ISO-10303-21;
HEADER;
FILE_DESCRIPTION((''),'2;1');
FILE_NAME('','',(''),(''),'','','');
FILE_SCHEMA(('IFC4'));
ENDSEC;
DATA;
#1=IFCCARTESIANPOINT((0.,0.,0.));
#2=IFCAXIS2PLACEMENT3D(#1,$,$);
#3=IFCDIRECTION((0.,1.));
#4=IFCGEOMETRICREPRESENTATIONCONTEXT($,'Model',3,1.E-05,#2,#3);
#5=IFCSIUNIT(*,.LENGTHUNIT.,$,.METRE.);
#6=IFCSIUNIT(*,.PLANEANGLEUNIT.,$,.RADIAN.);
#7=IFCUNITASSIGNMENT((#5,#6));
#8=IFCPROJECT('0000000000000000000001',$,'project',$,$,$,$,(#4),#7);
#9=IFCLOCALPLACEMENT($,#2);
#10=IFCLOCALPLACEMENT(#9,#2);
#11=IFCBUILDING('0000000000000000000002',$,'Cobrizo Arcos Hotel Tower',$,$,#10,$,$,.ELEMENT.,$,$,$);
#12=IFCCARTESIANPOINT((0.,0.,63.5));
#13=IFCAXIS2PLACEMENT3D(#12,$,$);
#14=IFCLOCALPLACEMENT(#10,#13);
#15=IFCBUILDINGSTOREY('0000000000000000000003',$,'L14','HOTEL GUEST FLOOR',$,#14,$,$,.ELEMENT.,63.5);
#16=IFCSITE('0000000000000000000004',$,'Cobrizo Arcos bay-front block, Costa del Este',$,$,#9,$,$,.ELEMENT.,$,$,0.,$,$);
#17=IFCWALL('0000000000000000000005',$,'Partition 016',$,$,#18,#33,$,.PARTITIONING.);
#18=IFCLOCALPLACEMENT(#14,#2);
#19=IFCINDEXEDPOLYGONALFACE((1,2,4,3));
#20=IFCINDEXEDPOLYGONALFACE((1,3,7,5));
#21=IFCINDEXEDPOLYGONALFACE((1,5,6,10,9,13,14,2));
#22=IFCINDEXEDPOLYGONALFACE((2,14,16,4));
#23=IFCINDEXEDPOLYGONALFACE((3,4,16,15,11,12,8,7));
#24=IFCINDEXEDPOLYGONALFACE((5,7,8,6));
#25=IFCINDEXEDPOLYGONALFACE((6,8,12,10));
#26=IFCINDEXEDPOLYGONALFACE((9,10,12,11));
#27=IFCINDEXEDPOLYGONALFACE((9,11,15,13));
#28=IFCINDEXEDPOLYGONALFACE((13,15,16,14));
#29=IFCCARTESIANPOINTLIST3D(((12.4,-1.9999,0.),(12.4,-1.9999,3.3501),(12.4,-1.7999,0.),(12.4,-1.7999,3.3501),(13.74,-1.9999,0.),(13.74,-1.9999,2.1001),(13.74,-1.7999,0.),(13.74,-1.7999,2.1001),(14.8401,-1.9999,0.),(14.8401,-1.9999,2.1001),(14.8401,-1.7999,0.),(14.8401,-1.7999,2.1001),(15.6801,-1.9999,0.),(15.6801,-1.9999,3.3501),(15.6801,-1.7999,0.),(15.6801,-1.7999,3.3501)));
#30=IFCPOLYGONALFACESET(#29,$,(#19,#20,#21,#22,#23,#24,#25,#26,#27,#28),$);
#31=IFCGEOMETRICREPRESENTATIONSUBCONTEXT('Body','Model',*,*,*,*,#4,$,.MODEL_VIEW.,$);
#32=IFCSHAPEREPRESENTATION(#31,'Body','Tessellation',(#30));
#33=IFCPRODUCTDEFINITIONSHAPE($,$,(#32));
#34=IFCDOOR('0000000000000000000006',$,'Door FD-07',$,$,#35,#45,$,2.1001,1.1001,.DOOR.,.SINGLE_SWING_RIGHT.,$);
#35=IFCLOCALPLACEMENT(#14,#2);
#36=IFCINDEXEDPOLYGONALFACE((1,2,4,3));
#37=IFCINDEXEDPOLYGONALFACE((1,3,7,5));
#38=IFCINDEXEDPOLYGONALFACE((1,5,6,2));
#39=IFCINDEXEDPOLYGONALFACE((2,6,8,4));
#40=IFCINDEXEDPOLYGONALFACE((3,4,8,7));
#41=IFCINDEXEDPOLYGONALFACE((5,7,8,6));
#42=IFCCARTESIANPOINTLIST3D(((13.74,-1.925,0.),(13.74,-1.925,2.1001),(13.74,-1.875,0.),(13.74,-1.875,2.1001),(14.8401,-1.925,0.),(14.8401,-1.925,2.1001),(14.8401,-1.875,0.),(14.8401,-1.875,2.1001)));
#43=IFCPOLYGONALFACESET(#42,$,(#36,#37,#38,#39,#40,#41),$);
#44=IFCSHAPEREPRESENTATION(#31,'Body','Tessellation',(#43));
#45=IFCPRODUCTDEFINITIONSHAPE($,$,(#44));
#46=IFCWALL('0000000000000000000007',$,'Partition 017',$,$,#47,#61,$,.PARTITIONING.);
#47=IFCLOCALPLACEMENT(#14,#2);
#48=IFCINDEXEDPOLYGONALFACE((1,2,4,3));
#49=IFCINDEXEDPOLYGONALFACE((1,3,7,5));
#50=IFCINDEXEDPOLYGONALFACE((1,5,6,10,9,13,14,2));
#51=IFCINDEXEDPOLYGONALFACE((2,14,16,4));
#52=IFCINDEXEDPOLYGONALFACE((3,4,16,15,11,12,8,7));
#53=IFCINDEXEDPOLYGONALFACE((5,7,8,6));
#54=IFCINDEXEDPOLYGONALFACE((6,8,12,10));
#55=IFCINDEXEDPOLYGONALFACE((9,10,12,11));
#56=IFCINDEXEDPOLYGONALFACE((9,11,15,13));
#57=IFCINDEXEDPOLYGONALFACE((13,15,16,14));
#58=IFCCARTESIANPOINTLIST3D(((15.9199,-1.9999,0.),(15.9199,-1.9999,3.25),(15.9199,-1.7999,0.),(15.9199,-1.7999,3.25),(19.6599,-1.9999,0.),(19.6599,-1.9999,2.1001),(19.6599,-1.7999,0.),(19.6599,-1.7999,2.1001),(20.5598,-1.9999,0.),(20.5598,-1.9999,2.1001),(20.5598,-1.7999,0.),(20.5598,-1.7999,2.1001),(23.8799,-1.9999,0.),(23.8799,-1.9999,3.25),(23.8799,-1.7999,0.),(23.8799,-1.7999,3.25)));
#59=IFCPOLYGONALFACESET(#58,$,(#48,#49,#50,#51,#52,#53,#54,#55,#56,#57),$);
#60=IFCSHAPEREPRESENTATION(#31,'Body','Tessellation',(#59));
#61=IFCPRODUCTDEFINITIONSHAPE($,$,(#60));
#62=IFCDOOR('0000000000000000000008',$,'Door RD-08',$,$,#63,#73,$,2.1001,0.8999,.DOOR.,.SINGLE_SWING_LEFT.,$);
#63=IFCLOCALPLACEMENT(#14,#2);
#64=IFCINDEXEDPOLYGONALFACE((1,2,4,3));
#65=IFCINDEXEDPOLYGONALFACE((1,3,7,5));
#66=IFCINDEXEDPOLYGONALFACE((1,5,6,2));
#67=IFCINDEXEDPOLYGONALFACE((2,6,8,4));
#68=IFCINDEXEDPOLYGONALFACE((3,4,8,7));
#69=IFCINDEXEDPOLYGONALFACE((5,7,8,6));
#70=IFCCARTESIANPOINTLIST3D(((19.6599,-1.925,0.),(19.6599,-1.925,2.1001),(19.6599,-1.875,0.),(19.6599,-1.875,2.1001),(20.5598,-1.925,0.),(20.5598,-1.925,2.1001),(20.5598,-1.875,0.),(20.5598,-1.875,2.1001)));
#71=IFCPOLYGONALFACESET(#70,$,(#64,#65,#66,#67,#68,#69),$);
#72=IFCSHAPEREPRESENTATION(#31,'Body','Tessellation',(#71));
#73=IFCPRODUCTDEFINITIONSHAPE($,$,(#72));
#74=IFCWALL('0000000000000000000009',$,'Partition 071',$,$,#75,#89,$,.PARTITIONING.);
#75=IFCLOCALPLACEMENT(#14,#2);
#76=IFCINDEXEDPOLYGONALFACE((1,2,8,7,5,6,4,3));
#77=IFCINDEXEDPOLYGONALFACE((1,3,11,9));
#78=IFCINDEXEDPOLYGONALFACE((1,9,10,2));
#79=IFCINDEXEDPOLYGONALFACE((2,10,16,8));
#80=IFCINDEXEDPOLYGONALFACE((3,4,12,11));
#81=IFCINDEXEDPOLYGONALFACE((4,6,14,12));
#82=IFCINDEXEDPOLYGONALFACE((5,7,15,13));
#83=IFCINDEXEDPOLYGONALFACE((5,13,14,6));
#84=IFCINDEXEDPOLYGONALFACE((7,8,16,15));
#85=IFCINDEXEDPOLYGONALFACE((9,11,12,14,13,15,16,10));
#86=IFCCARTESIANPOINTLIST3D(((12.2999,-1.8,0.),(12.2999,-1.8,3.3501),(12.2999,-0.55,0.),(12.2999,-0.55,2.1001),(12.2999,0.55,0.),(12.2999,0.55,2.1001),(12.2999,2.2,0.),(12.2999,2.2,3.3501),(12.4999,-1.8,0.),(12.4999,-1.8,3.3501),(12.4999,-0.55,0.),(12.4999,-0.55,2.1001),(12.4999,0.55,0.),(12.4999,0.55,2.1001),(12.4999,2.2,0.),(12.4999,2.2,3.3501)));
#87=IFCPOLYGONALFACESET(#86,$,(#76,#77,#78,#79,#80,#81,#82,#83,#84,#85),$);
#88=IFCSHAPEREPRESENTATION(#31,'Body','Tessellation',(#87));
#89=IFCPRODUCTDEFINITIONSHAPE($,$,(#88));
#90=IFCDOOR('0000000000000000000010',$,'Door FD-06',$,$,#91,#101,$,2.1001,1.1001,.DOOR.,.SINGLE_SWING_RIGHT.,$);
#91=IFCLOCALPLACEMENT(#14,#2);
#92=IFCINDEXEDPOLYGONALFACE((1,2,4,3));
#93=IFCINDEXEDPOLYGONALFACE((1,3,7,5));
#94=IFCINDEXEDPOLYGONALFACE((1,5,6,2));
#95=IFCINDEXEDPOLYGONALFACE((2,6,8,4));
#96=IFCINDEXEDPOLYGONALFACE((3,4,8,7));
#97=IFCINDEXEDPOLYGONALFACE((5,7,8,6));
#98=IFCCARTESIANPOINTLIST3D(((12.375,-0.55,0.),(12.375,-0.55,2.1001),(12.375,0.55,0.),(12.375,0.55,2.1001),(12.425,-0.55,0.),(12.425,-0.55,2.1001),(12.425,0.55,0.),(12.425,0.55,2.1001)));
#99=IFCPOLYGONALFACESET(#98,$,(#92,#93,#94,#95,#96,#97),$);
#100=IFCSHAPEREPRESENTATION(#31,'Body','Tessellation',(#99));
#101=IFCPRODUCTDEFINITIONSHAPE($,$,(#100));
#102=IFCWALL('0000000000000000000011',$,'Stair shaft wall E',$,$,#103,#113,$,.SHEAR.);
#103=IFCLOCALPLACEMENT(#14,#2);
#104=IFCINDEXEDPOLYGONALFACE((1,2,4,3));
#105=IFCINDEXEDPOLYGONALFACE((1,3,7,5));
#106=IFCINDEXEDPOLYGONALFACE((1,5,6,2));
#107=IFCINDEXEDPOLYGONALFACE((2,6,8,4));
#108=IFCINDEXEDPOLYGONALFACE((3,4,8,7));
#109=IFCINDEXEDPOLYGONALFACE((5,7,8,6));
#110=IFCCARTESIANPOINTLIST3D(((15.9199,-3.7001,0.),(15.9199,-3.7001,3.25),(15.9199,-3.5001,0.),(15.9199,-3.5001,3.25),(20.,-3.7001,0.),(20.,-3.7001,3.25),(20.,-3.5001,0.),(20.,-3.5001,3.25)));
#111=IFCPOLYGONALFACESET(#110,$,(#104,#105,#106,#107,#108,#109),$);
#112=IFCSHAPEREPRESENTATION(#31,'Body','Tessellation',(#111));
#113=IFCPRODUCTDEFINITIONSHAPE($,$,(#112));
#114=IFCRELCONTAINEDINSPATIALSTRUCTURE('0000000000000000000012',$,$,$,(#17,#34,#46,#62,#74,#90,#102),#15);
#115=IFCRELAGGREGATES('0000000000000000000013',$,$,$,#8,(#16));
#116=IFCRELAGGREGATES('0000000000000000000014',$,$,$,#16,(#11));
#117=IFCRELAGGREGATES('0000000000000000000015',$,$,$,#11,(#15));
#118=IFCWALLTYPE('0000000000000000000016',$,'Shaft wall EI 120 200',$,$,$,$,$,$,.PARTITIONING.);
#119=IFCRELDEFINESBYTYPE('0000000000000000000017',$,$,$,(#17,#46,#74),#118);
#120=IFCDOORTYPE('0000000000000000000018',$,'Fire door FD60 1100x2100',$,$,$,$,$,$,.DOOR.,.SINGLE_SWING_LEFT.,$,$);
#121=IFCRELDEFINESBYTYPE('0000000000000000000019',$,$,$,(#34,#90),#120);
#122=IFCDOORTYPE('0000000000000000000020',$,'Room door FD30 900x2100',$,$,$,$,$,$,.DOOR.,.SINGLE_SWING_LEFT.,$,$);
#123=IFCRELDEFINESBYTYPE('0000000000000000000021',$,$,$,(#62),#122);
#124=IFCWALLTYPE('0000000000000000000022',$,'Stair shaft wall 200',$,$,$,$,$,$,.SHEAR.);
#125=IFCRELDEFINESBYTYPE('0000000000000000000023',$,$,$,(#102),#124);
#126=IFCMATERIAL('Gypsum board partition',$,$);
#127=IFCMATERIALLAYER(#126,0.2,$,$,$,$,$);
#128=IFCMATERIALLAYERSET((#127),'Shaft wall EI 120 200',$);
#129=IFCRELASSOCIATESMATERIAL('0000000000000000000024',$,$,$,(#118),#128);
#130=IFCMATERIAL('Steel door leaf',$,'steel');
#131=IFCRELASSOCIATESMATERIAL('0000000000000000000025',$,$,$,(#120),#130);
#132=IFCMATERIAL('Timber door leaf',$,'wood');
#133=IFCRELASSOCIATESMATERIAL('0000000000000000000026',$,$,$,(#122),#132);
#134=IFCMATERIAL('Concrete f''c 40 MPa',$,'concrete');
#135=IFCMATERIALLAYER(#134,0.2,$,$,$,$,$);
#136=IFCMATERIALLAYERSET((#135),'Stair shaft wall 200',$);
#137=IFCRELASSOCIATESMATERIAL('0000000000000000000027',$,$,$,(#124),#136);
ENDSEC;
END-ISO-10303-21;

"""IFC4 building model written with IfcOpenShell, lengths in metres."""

from ifc_helpers import new_model, si_unit, direction, frame, frame_2d, origin, place, context, subcontext, project, spatial, rectangle, extrude, material, layer, layer_set, type_object, element, fill, save


model = new_model("IFC4")

# Units and contexts
model_context = context("Model", 3, precision=1e-05, world=origin(), true_north=direction((0.0, 1.0)))
body_context = subcontext(model_context, "Body", "Model", "MODEL_VIEW")
ifc_project = project(units=[si_unit("LENGTHUNIT", "METRE"), si_unit("PLANEANGLEUNIT", "RADIAN")], contexts=[model_context])

# Site, building, storey
site_placement = place(None, origin())
site = spatial("IfcSite", under=ifc_project, at=site_placement, Name="Cobrizo Arcos bay-front block, Costa del Este", CompositionType="ELEMENT", RefElevation=0.0)
building_placement = place(site_placement, origin())
building = spatial("IfcBuilding", under=site, at=building_placement, Name="Cobrizo Arcos Hotel Tower", CompositionType="ELEMENT")
storey_placement = place(building_placement, frame((0.0, 0.0, 63.5)))
storey = spatial("IfcBuildingStorey", under=building, at=storey_placement, Name="L14", Description="HOTEL GUEST FLOOR", CompositionType="ELEMENT", Elevation=63.5)

# Shared definitions
ifc_material_1 = material(Name="Gypsum board partition")

# Walls, openings, doors
ifc_layer_1 = layer(ifc_material_1, 0.2)
ifc_layer_set_1 = layer_set([ifc_layer_1], Name="Shaft wall EI 120 200")
wall_type_1 = type_object("IfcWallType", Name="Shaft wall EI 120 200", PredefinedType="PARTITIONING", material=ifc_layer_set_1)
wall_1_placement = place(storey_placement, frame((12.3999, -1.8999, 0.0), z_axis=(0.0, 0.0, 1.0), x_axis=(1.0, 0.0, 0.0)))
wall_1 = element("IfcWall", 1, at=wall_1_placement, inside=storey, type_object=wall_type_1, Name="Partition 016", PredefinedType="PARTITIONING", context=body_context, shape_type="SweptSolid", body=[
    extrude(rectangle(XDim=3.28, YDim=0.2, at=frame_2d((1.6401, 0.0))), origin(), (0.0, 0.0, 1.0), 3.3501),
])
opening_1_placement = place(wall_1_placement, frame((1.3401, 0.0, 0.0)))
opening_1 = element("IfcOpeningElement", 2, at=opening_1_placement, cuts=wall_1, PredefinedType="OPENING", context=body_context, shape_type="SweptSolid", body=[
    extrude(rectangle(XDim=1.1001, YDim=2.1001, at=frame_2d((0.55, 1.05))), frame((0.0, 0.1121, 0.0), z_axis=(0.0, -1.0, 0.0), x_axis=(1.0, 0.0, 0.0)), (0.0, 0.0, 1.0), 0.2239),
])
ifc_material_2 = material(Name="Steel door leaf", Category="steel")
door_type_1 = type_object("IfcDoorType", Name="Fire door FD60 1100x2100", OperationType="SINGLE_SWING_LEFT", PredefinedType="DOOR", material=ifc_material_2)
door_1_placement = place(opening_1_placement, origin())
door_1 = element("IfcDoor", 3, at=door_1_placement, inside=storey, type_object=door_type_1, Name="Door FD-07", OperationType="SINGLE_SWING_RIGHT", OverallHeight=2.1001, OverallWidth=1.1001, PredefinedType="DOOR", context=body_context, shape_type="SweptSolid", body=[
    extrude(rectangle(XDim=1.1001, YDim=2.1001, at=frame_2d((0.55, 1.05))), frame((0.0, 0.0249, 0.0), z_axis=(0.0, -1.0, 0.0), x_axis=(1.0, 0.0, 0.0)), (0.0, 0.0, 1.0), 0.05),
])
fill(opening_1, door_1)
wall_2_placement = place(storey_placement, frame((15.9199, -1.8999, 0.0), z_axis=(0.0, 0.0, 1.0), x_axis=(1.0, 0.0, 0.0)))
wall_2 = element("IfcWall", 4, at=wall_2_placement, inside=storey, type_object=wall_type_1, Name="Partition 017", PredefinedType="PARTITIONING", context=body_context, shape_type="SweptSolid", body=[
    extrude(rectangle(XDim=7.96, YDim=0.2, at=frame_2d((3.98, 0.0))), origin(), (0.0, 0.0, 1.0), 3.25),
])
opening_2_placement = place(wall_2_placement, frame((3.74, 0.0, 0.0)))
opening_2 = element("IfcOpeningElement", 5, at=opening_2_placement, cuts=wall_2, PredefinedType="OPENING", context=body_context, shape_type="SweptSolid", body=[
    extrude(rectangle(XDim=0.8999, YDim=2.1001, at=frame_2d((0.45, 1.05))), frame((0.0, 0.1121, 0.0), z_axis=(0.0, -1.0, 0.0), x_axis=(1.0, 0.0, 0.0)), (0.0, 0.0, 1.0), 0.2239),
])
ifc_material_3 = material(Name="Timber door leaf", Category="wood")
door_type_2 = type_object("IfcDoorType", Name="Room door FD30 900x2100", OperationType="SINGLE_SWING_LEFT", PredefinedType="DOOR", material=ifc_material_3)
door_2_placement = place(opening_2_placement, origin())
door_2 = element("IfcDoor", 6, at=door_2_placement, inside=storey, type_object=door_type_2, Name="Door RD-08", OperationType="SINGLE_SWING_LEFT", OverallHeight=2.1001, OverallWidth=0.8999, PredefinedType="DOOR", context=body_context, shape_type="SweptSolid", body=[
    extrude(rectangle(XDim=0.8999, YDim=2.1001, at=frame_2d((0.45, 1.05))), frame((0.0, 0.0249, 0.0), z_axis=(0.0, -1.0, 0.0), x_axis=(1.0, 0.0, 0.0)), (0.0, 0.0, 1.0), 0.05),
])
fill(opening_2, door_2)
wall_3_placement = place(storey_placement, frame((12.3999, -1.8, 0.0), z_axis=(0.0, 0.0, 1.0), x_axis=(0.0, 1.0, 0.0)))
wall_3 = element("IfcWall", 7, at=wall_3_placement, inside=storey, type_object=wall_type_1, Name="Partition 071", PredefinedType="PARTITIONING", context=body_context, shape_type="SweptSolid", body=[
    extrude(rectangle(XDim=4.0, YDim=0.2, at=frame_2d((2.0, 0.0))), origin(), (0.0, 0.0, 1.0), 3.3501),
])
opening_3_placement = place(wall_3_placement, frame((1.25, 0.0, 0.0)))
opening_3 = element("IfcOpeningElement", 8, at=opening_3_placement, cuts=wall_3, PredefinedType="OPENING", context=body_context, shape_type="SweptSolid", body=[
    extrude(rectangle(XDim=1.1001, YDim=2.1001, at=frame_2d((0.55, 1.05))), frame((0.0, 0.1121, 0.0), z_axis=(0.0, -1.0, 0.0), x_axis=(1.0, 0.0, 0.0)), (0.0, 0.0, 1.0), 0.2239),
])
door_3_placement = place(opening_3_placement, origin())
door_3 = element("IfcDoor", 9, at=door_3_placement, inside=storey, type_object=door_type_1, Name="Door FD-06", OperationType="SINGLE_SWING_RIGHT", OverallHeight=2.1001, OverallWidth=1.1001, PredefinedType="DOOR", context=body_context, shape_type="SweptSolid", body=[
    extrude(rectangle(XDim=1.1001, YDim=2.1001, at=frame_2d((0.55, 1.05))), frame((0.0, 0.0249, 0.0), z_axis=(0.0, -1.0, 0.0), x_axis=(1.0, 0.0, 0.0)), (0.0, 0.0, 1.0), 0.05),
])
fill(opening_3, door_3)

# Wall
ifc_material_4 = material(Name="Concrete f'c 40 MPa", Category="concrete")
ifc_layer_2 = layer(ifc_material_4, 0.2)
ifc_layer_set_2 = layer_set([ifc_layer_2], Name="Stair shaft wall 200")
wall_type_2 = type_object("IfcWallType", Name="Stair shaft wall 200", PredefinedType="SHEAR", material=ifc_layer_set_2)
wall_4_placement = place(storey_placement, frame((15.9199, -3.6001, 0.0), z_axis=(0.0, 0.0, 1.0), x_axis=(1.0, 0.0, 0.0)))
element("IfcWall", 10, at=wall_4_placement, inside=storey, type_object=wall_type_2, Name="Stair shaft wall E", PredefinedType="SHEAR", context=body_context, shape_type="SweptSolid", body=[
    extrude(rectangle(XDim=4.0801, YDim=0.2, at=frame_2d((2.04, 0.0))), origin(), (0.0, 0.0, 1.0), 3.25),
])

save(model, "model.ifc")
